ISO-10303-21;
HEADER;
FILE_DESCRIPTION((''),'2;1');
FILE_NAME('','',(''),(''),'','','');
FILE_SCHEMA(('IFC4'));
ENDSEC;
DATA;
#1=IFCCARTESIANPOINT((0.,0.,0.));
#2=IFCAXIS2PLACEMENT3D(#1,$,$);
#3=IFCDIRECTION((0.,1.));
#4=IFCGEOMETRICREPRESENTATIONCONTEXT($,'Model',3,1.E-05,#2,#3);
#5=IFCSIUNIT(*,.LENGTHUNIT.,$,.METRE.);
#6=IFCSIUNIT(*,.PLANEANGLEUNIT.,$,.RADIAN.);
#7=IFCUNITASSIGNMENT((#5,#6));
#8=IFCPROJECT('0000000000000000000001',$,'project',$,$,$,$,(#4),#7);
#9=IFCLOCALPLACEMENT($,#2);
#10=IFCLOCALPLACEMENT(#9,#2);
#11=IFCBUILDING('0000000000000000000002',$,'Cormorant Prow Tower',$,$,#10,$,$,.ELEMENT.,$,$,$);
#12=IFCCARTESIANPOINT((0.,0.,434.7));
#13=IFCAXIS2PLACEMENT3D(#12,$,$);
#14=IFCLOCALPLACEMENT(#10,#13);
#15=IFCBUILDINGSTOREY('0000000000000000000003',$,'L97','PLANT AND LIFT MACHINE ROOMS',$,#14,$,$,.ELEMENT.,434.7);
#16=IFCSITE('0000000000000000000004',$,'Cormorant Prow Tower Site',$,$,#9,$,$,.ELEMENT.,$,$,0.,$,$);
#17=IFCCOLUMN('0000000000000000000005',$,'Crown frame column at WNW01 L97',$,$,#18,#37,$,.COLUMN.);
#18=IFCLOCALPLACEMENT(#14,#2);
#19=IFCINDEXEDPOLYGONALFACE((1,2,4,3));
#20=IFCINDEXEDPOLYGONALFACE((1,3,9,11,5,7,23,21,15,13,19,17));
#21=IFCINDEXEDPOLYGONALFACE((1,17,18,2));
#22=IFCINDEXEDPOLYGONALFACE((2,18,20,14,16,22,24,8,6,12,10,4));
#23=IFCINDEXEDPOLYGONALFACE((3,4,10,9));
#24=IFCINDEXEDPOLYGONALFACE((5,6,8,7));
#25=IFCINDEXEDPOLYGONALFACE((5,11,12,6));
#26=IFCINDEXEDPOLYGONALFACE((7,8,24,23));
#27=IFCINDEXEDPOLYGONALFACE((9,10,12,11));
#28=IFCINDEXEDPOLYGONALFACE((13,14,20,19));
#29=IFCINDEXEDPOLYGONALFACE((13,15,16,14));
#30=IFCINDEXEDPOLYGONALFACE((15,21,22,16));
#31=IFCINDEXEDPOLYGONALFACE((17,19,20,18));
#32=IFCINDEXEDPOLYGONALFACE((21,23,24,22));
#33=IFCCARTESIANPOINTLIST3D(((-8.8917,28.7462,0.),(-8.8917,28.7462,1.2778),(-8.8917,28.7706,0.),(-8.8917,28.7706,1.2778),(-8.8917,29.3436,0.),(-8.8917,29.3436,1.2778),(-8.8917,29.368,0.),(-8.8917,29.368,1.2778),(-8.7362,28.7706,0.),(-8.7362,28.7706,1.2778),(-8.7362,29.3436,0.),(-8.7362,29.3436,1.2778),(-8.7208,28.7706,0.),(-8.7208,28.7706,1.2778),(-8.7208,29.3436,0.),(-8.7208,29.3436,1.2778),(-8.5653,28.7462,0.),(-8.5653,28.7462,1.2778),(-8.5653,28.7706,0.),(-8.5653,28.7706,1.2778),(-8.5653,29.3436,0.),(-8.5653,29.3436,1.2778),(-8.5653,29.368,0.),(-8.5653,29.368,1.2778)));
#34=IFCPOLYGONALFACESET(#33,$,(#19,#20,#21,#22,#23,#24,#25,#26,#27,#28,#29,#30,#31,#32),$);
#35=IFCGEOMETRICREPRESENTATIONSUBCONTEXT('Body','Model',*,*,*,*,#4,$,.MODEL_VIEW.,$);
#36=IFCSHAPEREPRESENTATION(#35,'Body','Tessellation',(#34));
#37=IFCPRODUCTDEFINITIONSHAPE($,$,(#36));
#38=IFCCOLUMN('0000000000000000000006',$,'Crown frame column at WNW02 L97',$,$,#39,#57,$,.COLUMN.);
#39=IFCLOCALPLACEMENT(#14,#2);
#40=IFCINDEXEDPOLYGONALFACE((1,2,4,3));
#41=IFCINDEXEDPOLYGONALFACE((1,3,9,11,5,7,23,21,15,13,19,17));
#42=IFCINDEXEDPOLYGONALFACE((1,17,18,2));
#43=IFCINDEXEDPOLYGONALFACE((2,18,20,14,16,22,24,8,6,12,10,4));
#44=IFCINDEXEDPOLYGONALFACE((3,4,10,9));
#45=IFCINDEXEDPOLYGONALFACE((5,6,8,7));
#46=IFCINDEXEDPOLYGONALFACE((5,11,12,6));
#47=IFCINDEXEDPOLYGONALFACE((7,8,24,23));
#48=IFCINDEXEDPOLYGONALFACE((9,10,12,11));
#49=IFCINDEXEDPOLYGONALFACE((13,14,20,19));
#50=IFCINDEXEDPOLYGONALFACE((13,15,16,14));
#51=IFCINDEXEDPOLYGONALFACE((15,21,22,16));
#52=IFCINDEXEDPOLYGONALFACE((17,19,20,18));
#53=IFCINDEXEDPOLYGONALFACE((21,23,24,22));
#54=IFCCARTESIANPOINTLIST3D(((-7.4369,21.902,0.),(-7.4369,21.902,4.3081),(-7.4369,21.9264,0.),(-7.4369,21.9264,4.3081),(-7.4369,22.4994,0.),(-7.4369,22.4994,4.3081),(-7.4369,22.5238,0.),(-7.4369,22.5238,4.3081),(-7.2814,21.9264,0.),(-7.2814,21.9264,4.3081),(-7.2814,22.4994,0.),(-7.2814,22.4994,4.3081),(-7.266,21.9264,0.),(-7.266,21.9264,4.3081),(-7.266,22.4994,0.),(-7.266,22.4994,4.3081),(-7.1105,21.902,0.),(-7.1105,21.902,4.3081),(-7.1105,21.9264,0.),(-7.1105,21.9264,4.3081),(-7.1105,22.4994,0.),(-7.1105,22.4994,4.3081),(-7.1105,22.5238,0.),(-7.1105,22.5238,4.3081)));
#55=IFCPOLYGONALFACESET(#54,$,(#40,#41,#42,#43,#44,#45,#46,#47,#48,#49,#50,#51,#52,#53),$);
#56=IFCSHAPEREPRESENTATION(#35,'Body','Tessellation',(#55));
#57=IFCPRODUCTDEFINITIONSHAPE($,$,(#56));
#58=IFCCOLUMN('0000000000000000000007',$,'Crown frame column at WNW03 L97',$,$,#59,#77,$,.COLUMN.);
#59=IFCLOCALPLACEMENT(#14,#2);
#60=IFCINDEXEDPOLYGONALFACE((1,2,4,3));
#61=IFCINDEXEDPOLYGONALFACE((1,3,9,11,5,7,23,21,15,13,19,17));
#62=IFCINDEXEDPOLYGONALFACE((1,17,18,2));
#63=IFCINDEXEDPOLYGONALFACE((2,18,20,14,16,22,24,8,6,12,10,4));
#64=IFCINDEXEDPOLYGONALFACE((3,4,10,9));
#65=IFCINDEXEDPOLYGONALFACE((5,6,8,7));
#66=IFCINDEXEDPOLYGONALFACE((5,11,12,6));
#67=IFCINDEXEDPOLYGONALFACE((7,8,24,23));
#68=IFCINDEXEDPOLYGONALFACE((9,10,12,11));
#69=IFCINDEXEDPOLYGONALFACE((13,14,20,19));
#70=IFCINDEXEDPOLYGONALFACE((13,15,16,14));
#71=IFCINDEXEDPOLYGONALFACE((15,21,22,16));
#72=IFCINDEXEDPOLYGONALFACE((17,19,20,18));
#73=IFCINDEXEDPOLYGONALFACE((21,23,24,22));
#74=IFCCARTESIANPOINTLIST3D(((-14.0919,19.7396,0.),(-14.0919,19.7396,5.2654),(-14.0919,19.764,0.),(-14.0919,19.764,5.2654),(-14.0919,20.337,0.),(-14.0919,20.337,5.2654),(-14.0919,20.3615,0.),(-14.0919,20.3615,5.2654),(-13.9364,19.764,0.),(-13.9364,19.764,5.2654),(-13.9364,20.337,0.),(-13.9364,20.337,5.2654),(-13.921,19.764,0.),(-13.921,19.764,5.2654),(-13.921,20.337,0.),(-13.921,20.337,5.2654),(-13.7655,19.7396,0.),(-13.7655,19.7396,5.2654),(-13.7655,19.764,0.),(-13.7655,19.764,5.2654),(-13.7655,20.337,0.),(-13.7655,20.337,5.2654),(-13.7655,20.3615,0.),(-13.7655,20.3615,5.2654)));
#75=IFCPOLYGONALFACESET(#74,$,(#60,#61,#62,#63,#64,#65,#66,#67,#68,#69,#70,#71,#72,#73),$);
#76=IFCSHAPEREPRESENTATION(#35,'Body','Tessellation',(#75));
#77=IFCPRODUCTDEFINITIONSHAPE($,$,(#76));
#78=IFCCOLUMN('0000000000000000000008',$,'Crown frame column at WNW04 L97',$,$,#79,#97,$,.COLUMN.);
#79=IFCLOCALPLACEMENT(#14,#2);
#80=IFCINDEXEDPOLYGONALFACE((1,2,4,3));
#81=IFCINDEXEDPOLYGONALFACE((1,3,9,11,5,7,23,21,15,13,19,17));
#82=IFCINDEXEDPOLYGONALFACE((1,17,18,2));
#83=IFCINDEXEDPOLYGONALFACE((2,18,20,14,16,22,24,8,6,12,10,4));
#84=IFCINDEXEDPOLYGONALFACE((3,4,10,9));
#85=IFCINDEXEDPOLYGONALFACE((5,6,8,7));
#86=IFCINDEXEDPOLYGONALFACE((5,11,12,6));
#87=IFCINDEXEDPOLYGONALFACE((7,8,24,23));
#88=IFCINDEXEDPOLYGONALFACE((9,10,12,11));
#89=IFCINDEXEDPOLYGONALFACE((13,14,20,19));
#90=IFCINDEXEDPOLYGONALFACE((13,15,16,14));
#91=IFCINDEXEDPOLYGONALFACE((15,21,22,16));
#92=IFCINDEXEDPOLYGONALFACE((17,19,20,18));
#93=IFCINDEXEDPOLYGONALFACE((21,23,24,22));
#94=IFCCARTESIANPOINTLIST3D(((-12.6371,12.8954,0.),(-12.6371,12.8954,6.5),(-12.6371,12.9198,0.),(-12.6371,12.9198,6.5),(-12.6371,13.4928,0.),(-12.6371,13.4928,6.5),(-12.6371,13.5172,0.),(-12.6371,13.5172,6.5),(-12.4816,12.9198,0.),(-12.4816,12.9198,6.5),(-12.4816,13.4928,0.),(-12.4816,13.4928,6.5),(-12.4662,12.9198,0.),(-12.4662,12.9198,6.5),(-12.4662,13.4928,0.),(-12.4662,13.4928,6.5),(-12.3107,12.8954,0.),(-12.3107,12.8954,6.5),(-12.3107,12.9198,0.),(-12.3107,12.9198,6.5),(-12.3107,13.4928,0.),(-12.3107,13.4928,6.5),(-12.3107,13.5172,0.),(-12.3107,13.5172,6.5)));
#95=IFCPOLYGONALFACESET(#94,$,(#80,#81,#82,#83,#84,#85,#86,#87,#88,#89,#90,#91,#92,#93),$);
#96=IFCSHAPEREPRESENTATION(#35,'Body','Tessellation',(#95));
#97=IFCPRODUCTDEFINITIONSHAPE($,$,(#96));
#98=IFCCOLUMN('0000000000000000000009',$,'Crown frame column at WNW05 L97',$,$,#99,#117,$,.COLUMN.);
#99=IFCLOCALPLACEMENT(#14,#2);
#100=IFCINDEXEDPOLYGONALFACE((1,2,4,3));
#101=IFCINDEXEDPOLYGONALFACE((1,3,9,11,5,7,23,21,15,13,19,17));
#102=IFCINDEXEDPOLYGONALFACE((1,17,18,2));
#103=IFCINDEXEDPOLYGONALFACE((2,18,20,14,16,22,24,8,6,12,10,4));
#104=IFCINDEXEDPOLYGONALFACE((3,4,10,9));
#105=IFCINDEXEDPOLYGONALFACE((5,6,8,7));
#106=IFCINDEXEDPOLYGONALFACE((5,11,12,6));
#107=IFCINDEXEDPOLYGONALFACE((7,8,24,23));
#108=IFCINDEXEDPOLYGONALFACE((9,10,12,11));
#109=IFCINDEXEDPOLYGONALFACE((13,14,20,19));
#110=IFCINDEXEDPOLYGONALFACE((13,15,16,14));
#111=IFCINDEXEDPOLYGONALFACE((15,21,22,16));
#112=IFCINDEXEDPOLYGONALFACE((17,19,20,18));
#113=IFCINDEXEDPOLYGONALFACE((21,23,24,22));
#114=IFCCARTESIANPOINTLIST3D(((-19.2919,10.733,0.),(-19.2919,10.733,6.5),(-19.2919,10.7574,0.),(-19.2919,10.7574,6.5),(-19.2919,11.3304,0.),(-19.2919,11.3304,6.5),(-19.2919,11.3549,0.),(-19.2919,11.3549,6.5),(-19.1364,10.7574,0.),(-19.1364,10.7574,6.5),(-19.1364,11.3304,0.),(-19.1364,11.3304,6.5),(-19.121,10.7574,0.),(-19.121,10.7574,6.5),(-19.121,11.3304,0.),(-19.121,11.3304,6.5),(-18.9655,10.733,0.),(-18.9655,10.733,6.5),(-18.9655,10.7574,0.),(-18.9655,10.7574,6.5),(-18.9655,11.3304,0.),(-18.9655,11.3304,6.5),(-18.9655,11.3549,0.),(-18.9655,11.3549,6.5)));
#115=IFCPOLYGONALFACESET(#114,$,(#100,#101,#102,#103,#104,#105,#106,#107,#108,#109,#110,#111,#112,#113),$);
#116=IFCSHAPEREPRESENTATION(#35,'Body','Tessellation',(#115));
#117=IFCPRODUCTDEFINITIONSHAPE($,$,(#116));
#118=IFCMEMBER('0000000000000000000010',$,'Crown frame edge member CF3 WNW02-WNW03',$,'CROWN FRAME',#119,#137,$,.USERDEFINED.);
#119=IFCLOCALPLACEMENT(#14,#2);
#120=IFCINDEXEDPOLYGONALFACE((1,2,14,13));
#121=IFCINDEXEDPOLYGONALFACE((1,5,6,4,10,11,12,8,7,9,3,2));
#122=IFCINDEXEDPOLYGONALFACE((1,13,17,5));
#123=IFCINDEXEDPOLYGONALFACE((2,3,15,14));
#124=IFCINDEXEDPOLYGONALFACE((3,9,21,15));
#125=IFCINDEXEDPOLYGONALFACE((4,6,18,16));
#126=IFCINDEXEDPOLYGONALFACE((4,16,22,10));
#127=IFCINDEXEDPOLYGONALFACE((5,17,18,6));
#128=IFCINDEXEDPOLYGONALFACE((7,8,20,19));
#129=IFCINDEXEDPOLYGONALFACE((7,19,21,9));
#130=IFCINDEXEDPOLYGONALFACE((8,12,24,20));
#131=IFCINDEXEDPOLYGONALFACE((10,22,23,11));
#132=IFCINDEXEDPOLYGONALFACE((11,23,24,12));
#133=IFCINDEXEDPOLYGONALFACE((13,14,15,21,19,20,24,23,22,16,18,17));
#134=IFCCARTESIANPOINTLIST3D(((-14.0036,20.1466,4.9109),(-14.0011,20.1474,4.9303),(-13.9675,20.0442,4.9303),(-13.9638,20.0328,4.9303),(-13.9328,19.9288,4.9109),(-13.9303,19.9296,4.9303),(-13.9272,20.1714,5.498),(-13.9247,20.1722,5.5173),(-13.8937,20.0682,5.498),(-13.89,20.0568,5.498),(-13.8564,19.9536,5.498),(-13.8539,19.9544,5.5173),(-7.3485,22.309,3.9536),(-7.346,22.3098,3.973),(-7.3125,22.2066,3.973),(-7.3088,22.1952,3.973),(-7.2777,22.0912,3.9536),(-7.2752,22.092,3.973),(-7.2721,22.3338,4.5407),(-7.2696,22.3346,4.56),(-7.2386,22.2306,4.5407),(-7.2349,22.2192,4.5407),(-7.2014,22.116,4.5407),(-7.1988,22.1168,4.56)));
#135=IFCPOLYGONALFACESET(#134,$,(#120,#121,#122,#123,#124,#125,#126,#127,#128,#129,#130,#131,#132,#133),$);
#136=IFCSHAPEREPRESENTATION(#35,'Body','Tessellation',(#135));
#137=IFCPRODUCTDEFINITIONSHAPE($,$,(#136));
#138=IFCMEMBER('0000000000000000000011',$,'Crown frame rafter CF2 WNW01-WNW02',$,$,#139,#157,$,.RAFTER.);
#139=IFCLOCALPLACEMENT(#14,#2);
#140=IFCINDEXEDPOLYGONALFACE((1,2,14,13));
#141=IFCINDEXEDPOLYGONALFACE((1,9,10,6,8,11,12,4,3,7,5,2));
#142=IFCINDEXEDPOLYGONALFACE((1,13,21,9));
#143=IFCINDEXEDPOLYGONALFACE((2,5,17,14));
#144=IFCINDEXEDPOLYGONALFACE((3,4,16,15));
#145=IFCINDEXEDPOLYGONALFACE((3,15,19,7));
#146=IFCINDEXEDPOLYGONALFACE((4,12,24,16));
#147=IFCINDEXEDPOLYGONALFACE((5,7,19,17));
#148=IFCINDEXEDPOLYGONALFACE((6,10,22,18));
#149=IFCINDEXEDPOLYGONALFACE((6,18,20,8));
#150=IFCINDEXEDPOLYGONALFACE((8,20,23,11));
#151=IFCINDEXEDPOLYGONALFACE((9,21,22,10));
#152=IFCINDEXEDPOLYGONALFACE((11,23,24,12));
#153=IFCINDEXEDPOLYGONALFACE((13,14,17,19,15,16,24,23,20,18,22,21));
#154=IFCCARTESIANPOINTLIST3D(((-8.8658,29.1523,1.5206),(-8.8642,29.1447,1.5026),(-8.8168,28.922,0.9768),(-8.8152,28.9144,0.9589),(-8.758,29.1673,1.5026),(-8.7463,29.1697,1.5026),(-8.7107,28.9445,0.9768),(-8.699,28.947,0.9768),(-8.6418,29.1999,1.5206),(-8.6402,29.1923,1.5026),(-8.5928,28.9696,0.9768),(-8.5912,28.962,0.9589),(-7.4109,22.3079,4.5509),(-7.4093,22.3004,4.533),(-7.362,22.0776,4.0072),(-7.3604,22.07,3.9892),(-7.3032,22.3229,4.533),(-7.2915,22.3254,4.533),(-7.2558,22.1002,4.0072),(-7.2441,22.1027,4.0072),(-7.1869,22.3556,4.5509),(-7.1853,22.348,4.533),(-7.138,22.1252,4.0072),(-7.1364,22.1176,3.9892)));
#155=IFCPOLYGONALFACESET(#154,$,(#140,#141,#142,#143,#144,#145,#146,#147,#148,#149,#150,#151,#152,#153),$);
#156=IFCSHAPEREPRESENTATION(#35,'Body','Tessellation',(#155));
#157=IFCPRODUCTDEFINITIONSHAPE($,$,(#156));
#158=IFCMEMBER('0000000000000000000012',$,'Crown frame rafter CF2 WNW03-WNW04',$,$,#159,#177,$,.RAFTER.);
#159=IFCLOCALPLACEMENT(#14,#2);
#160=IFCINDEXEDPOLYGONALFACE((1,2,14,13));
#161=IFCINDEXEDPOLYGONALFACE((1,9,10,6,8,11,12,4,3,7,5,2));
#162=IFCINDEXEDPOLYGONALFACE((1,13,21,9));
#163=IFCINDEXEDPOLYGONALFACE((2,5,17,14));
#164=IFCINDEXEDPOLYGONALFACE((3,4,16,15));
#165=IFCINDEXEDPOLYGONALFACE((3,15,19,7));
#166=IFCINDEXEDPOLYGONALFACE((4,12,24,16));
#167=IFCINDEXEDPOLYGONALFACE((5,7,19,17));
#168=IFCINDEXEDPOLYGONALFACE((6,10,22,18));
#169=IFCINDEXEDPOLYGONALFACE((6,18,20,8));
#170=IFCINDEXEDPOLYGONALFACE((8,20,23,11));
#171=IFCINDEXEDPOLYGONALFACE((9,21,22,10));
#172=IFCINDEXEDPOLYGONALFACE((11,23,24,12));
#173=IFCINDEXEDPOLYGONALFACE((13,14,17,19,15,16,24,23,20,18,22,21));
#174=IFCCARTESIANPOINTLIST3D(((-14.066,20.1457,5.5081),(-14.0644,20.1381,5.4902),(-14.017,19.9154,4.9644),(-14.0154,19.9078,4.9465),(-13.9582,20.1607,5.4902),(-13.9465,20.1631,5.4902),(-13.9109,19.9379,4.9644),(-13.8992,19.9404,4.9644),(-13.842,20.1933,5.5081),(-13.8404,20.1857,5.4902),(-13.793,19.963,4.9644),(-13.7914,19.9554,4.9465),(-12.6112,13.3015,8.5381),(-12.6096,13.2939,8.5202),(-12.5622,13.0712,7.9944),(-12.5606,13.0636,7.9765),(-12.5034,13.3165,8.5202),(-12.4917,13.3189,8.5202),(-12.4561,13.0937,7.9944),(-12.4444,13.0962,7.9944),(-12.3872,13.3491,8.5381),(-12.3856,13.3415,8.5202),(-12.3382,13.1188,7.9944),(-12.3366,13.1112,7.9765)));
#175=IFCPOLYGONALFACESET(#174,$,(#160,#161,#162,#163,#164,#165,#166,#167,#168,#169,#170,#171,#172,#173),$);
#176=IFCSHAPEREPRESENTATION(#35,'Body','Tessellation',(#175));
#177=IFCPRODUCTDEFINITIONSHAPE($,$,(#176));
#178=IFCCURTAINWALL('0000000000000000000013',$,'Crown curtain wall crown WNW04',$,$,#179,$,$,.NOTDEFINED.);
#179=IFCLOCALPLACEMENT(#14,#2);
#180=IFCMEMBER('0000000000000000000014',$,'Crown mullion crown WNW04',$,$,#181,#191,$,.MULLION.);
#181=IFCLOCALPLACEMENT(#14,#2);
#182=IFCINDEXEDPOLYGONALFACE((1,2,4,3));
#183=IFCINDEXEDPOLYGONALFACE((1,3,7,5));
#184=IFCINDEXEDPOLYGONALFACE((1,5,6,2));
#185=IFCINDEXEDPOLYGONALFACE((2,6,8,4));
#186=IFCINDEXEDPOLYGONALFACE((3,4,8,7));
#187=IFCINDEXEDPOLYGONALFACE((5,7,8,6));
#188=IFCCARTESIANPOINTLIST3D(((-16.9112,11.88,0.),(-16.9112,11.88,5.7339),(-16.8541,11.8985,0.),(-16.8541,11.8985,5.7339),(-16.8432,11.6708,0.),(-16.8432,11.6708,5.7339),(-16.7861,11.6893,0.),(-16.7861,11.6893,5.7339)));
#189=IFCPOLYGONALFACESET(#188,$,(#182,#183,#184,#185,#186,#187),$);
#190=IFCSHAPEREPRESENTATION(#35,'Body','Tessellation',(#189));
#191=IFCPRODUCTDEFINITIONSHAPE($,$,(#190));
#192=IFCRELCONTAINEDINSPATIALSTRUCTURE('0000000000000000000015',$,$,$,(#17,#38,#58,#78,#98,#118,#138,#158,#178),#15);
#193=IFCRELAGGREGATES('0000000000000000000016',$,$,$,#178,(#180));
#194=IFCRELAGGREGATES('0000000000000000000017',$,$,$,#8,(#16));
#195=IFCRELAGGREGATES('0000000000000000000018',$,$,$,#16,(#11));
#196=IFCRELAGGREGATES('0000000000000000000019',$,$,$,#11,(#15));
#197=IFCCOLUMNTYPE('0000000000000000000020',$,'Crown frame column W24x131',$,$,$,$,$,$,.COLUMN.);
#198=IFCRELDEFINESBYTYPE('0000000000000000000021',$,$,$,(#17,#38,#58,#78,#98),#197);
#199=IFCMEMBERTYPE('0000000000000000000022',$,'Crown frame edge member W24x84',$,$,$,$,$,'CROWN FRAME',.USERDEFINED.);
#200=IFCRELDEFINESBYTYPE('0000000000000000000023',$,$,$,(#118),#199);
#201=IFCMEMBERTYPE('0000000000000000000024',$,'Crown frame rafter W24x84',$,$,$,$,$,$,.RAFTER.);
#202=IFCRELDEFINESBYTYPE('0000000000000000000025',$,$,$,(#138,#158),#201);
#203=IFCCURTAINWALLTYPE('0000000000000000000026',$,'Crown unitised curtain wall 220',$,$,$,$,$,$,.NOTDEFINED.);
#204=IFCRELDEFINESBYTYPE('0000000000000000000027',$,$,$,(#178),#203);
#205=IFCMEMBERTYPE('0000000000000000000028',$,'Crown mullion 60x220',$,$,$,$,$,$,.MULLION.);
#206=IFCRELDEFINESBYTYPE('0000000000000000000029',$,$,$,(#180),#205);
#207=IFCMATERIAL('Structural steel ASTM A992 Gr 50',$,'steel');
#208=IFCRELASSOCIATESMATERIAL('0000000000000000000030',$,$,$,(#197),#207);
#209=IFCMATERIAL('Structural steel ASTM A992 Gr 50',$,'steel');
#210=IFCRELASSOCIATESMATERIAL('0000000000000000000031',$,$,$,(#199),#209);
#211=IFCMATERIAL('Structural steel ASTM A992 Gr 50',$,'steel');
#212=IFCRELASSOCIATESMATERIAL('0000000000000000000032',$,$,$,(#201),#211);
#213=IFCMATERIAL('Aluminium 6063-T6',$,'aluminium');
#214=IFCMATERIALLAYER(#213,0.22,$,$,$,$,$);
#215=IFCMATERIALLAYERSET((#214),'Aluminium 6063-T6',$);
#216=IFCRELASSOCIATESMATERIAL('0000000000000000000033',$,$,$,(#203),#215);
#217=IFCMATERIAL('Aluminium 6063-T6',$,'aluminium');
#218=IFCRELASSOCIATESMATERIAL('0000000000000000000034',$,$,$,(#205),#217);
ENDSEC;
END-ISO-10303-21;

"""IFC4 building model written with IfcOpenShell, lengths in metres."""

from ifc_helpers import new_model, si_unit, direction, frame, origin, origin_2d, place, context, subcontext, project, spatial, rectangle, i_section, extrude, material, layer, layer_set, material_profile, profile_set, type_object, element, aggregate, save


model = new_model("IFC4")

# Units and contexts
model_context = context("Model", 3, precision=1e-05, world=origin(), true_north=direction((0.0, 1.0)))
body_context = subcontext(model_context, "Body", "Model", "MODEL_VIEW")
ifc_project = project(units=[si_unit("LENGTHUNIT", "METRE"), si_unit("PLANEANGLEUNIT", "RADIAN")], contexts=[model_context])

# Site, building, storey
site_placement = place(None, origin())
site = spatial("IfcSite", under=ifc_project, at=site_placement, Name="Cormorant Prow Tower Site", CompositionType="ELEMENT", RefElevation=0.0)
building_placement = place(site_placement, origin())
building = spatial("IfcBuilding", under=site, at=building_placement, Name="Cormorant Prow Tower", CompositionType="ELEMENT")
storey_placement = place(building_placement, frame((0.0, 0.0, 434.7)))
storey = spatial("IfcBuildingStorey", under=building, at=storey_placement, Name="L97", Description="PLANT AND LIFT MACHINE ROOMS", CompositionType="ELEMENT", Elevation=434.7)

# Columns
ifc_material_1 = material(Name="Structural steel ASTM A992 Gr 50", Category="steel")
ifc_material_profile_1 = material_profile(ifc_material_1, i_section(OverallWidth=0.3264, OverallDepth=0.6218, WebThickness=0.0154, FlangeThickness=0.0244, at=origin_2d()), Name="W24x131")
ifc_profile_set_1 = profile_set([ifc_material_profile_1], Name="Structural steel ASTM A992 Gr 50")
column_type = type_object("IfcColumnType", Name="Crown frame column W24x131", PredefinedType="COLUMN", material=ifc_profile_set_1)
column_1_placement = place(storey_placement, frame((-8.7285, 29.0571, 0.0), z_axis=(0.0, 0.0, 1.0), x_axis=(1.0, 0.0, 0.0)))
element("IfcColumn", 1, at=column_1_placement, inside=storey, type_object=column_type, Name="Crown frame column at WNW01 L97", PredefinedType="COLUMN", context=body_context, shape_type="SweptSolid", body=[
    extrude(i_section(OverallWidth=0.3264, OverallDepth=0.6218, WebThickness=0.0154, FlangeThickness=0.0244, at=origin_2d()), origin(), (0.0, 0.0, 1.0), 1.2778),
])
column_2_placement = place(storey_placement, frame((-7.2737, 22.2129, 0.0), z_axis=(0.0, 0.0, 1.0), x_axis=(1.0, 0.0, 0.0)))
element("IfcColumn", 2, at=column_2_placement, inside=storey, type_object=column_type, Name="Crown frame column at WNW02 L97", PredefinedType="COLUMN", context=body_context, shape_type="SweptSolid", body=[
    extrude(i_section(OverallWidth=0.3264, OverallDepth=0.6218, WebThickness=0.0154, FlangeThickness=0.0244, at=origin_2d()), origin(), (0.0, 0.0, 1.0), 4.3081),
])
column_3_placement = place(storey_placement, frame((-13.9287, 20.0505, 0.0), z_axis=(0.0, 0.0, 1.0), x_axis=(1.0, 0.0, 0.0)))
element("IfcColumn", 3, at=column_3_placement, inside=storey, type_object=column_type, Name="Crown frame column at WNW03 L97", PredefinedType="COLUMN", context=body_context, shape_type="SweptSolid", body=[
    extrude(i_section(OverallWidth=0.3264, OverallDepth=0.6218, WebThickness=0.0154, FlangeThickness=0.0244, at=origin_2d()), origin(), (0.0, 0.0, 1.0), 5.2654),
])
for number, where, z_axis, x_axis, name in (
    (4, (-12.4739, 13.2063, 0.0), (0.0, 0.0, 1.0), (1.0, 0.0, 0.0), "Crown frame column at WNW04 L97"),
    (5, (-19.1287, 11.0439, 0.0), (0.0, 0.0, 1.0), (1.0, 0.0, 0.0), "Crown frame column at WNW05 L97"),
):
    element("IfcColumn", number, at=place(storey_placement, frame(where, z_axis=z_axis, x_axis=x_axis)), inside=storey, type_object=column_type, Name=name, PredefinedType="COLUMN", context=body_context, shape_type="SweptSolid", body=[
        extrude(i_section(OverallWidth=0.3264, OverallDepth=0.6218, WebThickness=0.0154, FlangeThickness=0.0244, at=origin_2d()), origin(), (0.0, 0.0, 1.0), 6.5),
    ])

# Members
ifc_material_2 = material(Name="Structural steel ASTM A992 Gr 50", Category="steel")
ifc_material_profile_2 = material_profile(ifc_material_2, i_section(OverallWidth=0.229, OverallDepth=0.6121, WebThickness=0.012, FlangeThickness=0.0195, at=origin_2d()), Name="W24x84")
ifc_profile_set_2 = profile_set([ifc_material_profile_2], Name="Structural steel ASTM A992 Gr 50")
member_type_1 = type_object("IfcMemberType", Name="Crown frame edge member W24x84", ElementType="CROWN FRAME", PredefinedType="USERDEFINED", material=ifc_profile_set_2)
member_1_placement = place(storey_placement, frame((-7.2737, 22.2129, 4.2568), z_axis=(-0.94228, -0.306166, 0.13554), x_axis=(0.309017, -0.951056, 0.0)))
element("IfcMember", 6, at=member_1_placement, inside=storey, type_object=member_type_1, Name="Crown frame edge member CF3 WNW02-WNW03", ObjectType="CROWN FRAME", PredefinedType="USERDEFINED", context=body_context, shape_type="SweptSolid", body=[
    extrude(i_section(OverallWidth=0.229, OverallDepth=0.6121, WebThickness=0.012, FlangeThickness=0.0195, at=origin_2d()), origin(), (0.0, 0.0, 1.0), 7.0627),
])
ifc_material_3 = material(Name="Structural steel ASTM A992 Gr 50", Category="steel")
ifc_material_profile_3 = material_profile(ifc_material_3, i_section(OverallWidth=0.229, OverallDepth=0.6121, WebThickness=0.012, FlangeThickness=0.0195, at=origin_2d()), Name="W24x84")
ifc_profile_set_3 = profile_set([ifc_material_profile_3], Name="Structural steel ASTM A992 Gr 50")
member_type_2 = type_object("IfcMemberType", Name="Crown frame rafter W24x84", PredefinedType="RAFTER", material=ifc_profile_set_3)
member_2_placement = place(storey_placement, frame((-8.7285, 29.0571, 1.2397), z_axis=(0.190795, -0.897589, 0.397406), x_axis=(0.978146, 0.207918, 0.0)))
element("IfcMember", 7, at=member_2_placement, inside=storey, type_object=member_type_2, Name="Crown frame rafter CF2 WNW01-WNW02", PredefinedType="RAFTER", context=body_context, shape_type="SweptSolid", body=[
    extrude(i_section(OverallWidth=0.229, OverallDepth=0.6121, WebThickness=0.012, FlangeThickness=0.0195, at=origin_2d()), origin(), (0.0, 0.0, 1.0), 7.6252),
])
member_3_placement = place(storey_placement, frame((-13.9287, 20.0505, 5.2273), z_axis=(0.190797, -0.8976, 0.397379), x_axis=(0.978146, 0.207918, 0.0)))
element("IfcMember", 8, at=member_3_placement, inside=storey, type_object=member_type_2, Name="Crown frame rafter CF2 WNW03-WNW04", PredefinedType="RAFTER", context=body_context, shape_type="SweptSolid", body=[
    extrude(i_section(OverallWidth=0.229, OverallDepth=0.6121, WebThickness=0.012, FlangeThickness=0.0195, at=origin_2d()), origin(), (0.0, 0.0, 1.0), 7.625),
])

# Curtain wall, member
ifc_material_4 = material(Name="Aluminium 6063-T6", Category="aluminium")
ifc_layer_1 = layer(ifc_material_4, 0.22)
ifc_layer_set_1 = layer_set([ifc_layer_1], Name="Aluminium 6063-T6")
curtain_wall_type = type_object("IfcCurtainWallType", Name="Crown unitised curtain wall 220", PredefinedType="NOTDEFINED", material=ifc_layer_set_1)
curtain_wall_1_placement = place(storey_placement, origin())
curtain_wall_1 = element("IfcCurtainWall", 9, at=curtain_wall_1_placement, inside=storey, type_object=curtain_wall_type, Name="Crown curtain wall crown WNW04", PredefinedType="NOTDEFINED")
ifc_material_5 = material(Name="Aluminium 6063-T6", Category="aluminium")
ifc_material_profile_4 = material_profile(ifc_material_5, rectangle(XDim=0.22, YDim=0.0601, at=origin_2d()), Name="Crown mullion 60x220")
ifc_profile_set_4 = profile_set([ifc_material_profile_4], Name="Aluminium 6063-T6")
member_type_3 = type_object("IfcMemberType", Name="Crown mullion 60x220", PredefinedType="MULLION", material=ifc_profile_set_4)
member_4_placement = place(storey_placement, frame((-16.8486, 11.7847, 0.0), z_axis=(0.0, 0.0, 1.0), x_axis=(0.309017, -0.951056, 0.0)))
member_4 = element("IfcMember", 10, at=member_4_placement, type_object=member_type_3, Name="Crown mullion crown WNW04", PredefinedType="MULLION", context=body_context, shape_type="SweptSolid", body=[
    extrude(rectangle(XDim=0.22, YDim=0.0601, at=origin_2d()), origin(), (0.0, 0.0, 1.0), 5.7339),
])

aggregate(curtain_wall_1, [member_4])

save(model, "model.ifc")
